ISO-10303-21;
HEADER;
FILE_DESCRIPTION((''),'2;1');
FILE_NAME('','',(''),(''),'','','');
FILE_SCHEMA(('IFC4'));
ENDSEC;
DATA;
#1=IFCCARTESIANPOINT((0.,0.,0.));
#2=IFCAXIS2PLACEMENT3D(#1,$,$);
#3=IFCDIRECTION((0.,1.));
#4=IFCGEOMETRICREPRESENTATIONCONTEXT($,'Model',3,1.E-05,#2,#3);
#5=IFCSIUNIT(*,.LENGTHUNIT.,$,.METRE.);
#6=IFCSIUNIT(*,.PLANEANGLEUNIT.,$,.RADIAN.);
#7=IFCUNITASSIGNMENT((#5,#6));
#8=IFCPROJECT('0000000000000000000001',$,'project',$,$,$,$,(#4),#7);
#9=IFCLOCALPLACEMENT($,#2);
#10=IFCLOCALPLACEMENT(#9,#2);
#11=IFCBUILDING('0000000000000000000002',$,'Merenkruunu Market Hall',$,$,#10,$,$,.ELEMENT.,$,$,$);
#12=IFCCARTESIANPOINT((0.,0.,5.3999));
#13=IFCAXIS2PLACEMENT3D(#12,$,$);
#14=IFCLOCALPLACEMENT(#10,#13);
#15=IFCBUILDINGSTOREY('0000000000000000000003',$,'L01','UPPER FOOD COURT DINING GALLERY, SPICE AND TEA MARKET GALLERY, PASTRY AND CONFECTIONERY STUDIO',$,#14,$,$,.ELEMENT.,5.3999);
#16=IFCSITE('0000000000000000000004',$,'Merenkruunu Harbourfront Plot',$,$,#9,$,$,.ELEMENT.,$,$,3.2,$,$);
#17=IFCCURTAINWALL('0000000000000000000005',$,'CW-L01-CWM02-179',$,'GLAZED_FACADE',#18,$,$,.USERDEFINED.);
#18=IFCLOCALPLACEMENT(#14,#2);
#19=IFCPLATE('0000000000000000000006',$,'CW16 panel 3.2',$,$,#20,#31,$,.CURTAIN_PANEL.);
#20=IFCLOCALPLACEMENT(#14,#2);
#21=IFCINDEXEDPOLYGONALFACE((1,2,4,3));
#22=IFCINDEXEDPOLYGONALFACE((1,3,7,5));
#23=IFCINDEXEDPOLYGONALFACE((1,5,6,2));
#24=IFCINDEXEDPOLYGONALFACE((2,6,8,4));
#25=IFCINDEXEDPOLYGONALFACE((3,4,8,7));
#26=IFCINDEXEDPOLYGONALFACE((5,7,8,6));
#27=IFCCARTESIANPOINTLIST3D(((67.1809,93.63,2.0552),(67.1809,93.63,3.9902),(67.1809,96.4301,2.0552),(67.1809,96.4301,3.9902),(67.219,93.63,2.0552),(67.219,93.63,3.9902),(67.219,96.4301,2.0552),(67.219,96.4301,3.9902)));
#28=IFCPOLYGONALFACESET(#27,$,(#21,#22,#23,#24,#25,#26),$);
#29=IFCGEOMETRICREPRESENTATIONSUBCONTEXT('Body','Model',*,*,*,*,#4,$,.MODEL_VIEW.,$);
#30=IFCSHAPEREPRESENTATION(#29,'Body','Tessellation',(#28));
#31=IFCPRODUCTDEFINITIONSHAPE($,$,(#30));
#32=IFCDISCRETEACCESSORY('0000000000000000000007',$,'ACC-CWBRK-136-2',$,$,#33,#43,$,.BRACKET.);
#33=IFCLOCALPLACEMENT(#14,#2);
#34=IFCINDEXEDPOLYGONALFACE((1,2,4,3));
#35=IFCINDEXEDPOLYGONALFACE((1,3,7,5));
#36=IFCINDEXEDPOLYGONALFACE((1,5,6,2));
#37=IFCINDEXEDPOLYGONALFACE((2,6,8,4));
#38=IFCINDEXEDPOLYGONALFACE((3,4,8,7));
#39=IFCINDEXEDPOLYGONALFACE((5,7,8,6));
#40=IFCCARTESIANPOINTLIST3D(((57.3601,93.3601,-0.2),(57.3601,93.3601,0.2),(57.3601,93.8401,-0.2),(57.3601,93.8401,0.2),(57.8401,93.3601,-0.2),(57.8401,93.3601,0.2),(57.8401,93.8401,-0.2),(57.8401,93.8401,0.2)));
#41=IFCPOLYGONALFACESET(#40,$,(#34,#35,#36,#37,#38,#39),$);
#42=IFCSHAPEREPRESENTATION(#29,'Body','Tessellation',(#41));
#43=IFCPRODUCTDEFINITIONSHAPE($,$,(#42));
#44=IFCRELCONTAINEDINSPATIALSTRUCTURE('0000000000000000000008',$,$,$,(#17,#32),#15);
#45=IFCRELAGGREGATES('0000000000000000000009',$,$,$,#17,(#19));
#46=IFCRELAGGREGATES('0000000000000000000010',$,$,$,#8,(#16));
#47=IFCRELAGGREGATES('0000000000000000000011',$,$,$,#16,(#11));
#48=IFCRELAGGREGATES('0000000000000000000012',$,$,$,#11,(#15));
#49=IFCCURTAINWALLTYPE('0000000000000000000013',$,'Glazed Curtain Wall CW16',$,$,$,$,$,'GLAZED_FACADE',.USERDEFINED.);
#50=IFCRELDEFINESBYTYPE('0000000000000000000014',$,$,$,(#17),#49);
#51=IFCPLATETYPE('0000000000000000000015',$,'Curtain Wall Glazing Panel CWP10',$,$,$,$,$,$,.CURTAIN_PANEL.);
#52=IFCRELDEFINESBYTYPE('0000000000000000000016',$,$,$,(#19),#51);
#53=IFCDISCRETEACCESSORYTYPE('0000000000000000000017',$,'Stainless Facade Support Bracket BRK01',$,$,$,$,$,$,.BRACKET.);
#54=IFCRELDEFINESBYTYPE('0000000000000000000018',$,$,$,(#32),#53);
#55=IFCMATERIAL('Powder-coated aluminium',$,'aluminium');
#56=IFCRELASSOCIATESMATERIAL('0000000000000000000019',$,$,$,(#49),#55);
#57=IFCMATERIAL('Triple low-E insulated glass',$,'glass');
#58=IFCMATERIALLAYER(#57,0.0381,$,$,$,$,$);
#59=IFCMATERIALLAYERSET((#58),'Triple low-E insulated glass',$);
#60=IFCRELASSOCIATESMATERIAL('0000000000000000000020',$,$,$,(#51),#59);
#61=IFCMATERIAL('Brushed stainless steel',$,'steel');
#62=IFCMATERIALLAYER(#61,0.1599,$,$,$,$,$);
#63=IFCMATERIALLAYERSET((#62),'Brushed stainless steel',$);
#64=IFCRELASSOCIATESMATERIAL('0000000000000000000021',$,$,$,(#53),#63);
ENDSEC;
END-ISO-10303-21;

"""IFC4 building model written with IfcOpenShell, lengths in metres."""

from ifc_helpers import new_model, si_unit, direction, frame, origin, origin_2d, place, context, subcontext, project, spatial, rectangle, extrude, material, layer, layer_set, type_object, element, aggregate, save


model = new_model("IFC4")

# Units and contexts
model_context = context("Model", 3, precision=1e-05, world=origin(), true_north=direction((0.0, 1.0)))
body_context = subcontext(model_context, "Body", "Model", "MODEL_VIEW")
ifc_project = project(units=[si_unit("LENGTHUNIT", "METRE"), si_unit("PLANEANGLEUNIT", "RADIAN")], contexts=[model_context])

# Site, building, storey
site_placement = place(None, origin())
site = spatial("IfcSite", under=ifc_project, at=site_placement, Name="Merenkruunu Harbourfront Plot", CompositionType="ELEMENT", RefElevation=3.2)
building_placement = place(site_placement, origin())
building = spatial("IfcBuilding", under=site, at=building_placement, Name="Merenkruunu Market Hall", CompositionType="ELEMENT")
storey_placement = place(building_placement, frame((0.0, 0.0, 5.3999)))
storey = spatial("IfcBuildingStorey", under=building, at=storey_placement, Name="L01", Description="UPPER FOOD COURT DINING GALLERY, SPICE AND TEA MARKET GALLERY, PASTRY AND CONFECTIONERY STUDIO", CompositionType="ELEMENT", Elevation=5.3999)

# Curtain wall
ifc_material_1 = material(Name="Powder-coated aluminium", Category="aluminium")
curtain_wall_type_1 = type_object("IfcCurtainWallType", Name="Glazed Curtain Wall CW16", ElementType="GLAZED_FACADE", PredefinedType="USERDEFINED", material=ifc_material_1)
curtain_wall_1_placement = place(storey_placement, origin())
curtain_wall_1 = element("IfcCurtainWall", 1, at=curtain_wall_1_placement, inside=storey, type_object=curtain_wall_type_1, Name="CW-L01-CWM02-179", ObjectType="GLAZED_FACADE", PredefinedType="USERDEFINED")

# Plate
ifc_material_2 = material(Name="Triple low-E insulated glass", Category="glass")
ifc_layer_1 = layer(ifc_material_2, 0.0381)
ifc_layer_set_1 = layer_set([ifc_layer_1], Name="Triple low-E insulated glass")
plate_type_1 = type_object("IfcPlateType", Name="Curtain Wall Glazing Panel CWP10", PredefinedType="CURTAIN_PANEL", material=ifc_layer_set_1)
plate_1_placement = place(storey_placement, frame((67.2, 95.03, 2.0552), z_axis=(0.0, 0.0, 1.0), x_axis=(0.0, 1.0, 0.0)))
plate_1 = element("IfcPlate", 2, at=plate_1_placement, type_object=plate_type_1, Name="CW16 panel 3.2", PredefinedType="CURTAIN_PANEL", context=body_context, shape_type="SweptSolid", body=[
    extrude(rectangle(XDim=2.8, YDim=0.0381, at=origin_2d()), origin(), (0.0, 0.0, 1.0), 1.9351),
])
aggregate(curtain_wall_1, [plate_1])

# Discrete accessory
ifc_material_3 = material(Name="Brushed stainless steel", Category="steel")
ifc_layer_2 = layer(ifc_material_3, 0.1599)
ifc_layer_set_2 = layer_set([ifc_layer_2], Name="Brushed stainless steel")
discrete_accessory_type = type_object("IfcDiscreteAccessoryType", Name="Stainless Facade Support Bracket BRK01", PredefinedType="BRACKET", material=ifc_layer_set_2)
discrete_accessory_placement = place(storey_placement, frame((57.6001, 93.6001, -0.2), z_axis=(0.0, 0.0, 1.0), x_axis=(1.0, 0.0, 0.0)))
element("IfcDiscreteAccessory", 3, at=discrete_accessory_placement, inside=storey, type_object=discrete_accessory_type, Name="ACC-CWBRK-136-2", PredefinedType="BRACKET", context=body_context, shape_type="SweptSolid", body=[
    extrude(rectangle(XDim=0.48, YDim=0.48, at=origin_2d()), origin(), (0.0, 0.0, 1.0), 0.3999),
])

save(model, "model.ifc")
